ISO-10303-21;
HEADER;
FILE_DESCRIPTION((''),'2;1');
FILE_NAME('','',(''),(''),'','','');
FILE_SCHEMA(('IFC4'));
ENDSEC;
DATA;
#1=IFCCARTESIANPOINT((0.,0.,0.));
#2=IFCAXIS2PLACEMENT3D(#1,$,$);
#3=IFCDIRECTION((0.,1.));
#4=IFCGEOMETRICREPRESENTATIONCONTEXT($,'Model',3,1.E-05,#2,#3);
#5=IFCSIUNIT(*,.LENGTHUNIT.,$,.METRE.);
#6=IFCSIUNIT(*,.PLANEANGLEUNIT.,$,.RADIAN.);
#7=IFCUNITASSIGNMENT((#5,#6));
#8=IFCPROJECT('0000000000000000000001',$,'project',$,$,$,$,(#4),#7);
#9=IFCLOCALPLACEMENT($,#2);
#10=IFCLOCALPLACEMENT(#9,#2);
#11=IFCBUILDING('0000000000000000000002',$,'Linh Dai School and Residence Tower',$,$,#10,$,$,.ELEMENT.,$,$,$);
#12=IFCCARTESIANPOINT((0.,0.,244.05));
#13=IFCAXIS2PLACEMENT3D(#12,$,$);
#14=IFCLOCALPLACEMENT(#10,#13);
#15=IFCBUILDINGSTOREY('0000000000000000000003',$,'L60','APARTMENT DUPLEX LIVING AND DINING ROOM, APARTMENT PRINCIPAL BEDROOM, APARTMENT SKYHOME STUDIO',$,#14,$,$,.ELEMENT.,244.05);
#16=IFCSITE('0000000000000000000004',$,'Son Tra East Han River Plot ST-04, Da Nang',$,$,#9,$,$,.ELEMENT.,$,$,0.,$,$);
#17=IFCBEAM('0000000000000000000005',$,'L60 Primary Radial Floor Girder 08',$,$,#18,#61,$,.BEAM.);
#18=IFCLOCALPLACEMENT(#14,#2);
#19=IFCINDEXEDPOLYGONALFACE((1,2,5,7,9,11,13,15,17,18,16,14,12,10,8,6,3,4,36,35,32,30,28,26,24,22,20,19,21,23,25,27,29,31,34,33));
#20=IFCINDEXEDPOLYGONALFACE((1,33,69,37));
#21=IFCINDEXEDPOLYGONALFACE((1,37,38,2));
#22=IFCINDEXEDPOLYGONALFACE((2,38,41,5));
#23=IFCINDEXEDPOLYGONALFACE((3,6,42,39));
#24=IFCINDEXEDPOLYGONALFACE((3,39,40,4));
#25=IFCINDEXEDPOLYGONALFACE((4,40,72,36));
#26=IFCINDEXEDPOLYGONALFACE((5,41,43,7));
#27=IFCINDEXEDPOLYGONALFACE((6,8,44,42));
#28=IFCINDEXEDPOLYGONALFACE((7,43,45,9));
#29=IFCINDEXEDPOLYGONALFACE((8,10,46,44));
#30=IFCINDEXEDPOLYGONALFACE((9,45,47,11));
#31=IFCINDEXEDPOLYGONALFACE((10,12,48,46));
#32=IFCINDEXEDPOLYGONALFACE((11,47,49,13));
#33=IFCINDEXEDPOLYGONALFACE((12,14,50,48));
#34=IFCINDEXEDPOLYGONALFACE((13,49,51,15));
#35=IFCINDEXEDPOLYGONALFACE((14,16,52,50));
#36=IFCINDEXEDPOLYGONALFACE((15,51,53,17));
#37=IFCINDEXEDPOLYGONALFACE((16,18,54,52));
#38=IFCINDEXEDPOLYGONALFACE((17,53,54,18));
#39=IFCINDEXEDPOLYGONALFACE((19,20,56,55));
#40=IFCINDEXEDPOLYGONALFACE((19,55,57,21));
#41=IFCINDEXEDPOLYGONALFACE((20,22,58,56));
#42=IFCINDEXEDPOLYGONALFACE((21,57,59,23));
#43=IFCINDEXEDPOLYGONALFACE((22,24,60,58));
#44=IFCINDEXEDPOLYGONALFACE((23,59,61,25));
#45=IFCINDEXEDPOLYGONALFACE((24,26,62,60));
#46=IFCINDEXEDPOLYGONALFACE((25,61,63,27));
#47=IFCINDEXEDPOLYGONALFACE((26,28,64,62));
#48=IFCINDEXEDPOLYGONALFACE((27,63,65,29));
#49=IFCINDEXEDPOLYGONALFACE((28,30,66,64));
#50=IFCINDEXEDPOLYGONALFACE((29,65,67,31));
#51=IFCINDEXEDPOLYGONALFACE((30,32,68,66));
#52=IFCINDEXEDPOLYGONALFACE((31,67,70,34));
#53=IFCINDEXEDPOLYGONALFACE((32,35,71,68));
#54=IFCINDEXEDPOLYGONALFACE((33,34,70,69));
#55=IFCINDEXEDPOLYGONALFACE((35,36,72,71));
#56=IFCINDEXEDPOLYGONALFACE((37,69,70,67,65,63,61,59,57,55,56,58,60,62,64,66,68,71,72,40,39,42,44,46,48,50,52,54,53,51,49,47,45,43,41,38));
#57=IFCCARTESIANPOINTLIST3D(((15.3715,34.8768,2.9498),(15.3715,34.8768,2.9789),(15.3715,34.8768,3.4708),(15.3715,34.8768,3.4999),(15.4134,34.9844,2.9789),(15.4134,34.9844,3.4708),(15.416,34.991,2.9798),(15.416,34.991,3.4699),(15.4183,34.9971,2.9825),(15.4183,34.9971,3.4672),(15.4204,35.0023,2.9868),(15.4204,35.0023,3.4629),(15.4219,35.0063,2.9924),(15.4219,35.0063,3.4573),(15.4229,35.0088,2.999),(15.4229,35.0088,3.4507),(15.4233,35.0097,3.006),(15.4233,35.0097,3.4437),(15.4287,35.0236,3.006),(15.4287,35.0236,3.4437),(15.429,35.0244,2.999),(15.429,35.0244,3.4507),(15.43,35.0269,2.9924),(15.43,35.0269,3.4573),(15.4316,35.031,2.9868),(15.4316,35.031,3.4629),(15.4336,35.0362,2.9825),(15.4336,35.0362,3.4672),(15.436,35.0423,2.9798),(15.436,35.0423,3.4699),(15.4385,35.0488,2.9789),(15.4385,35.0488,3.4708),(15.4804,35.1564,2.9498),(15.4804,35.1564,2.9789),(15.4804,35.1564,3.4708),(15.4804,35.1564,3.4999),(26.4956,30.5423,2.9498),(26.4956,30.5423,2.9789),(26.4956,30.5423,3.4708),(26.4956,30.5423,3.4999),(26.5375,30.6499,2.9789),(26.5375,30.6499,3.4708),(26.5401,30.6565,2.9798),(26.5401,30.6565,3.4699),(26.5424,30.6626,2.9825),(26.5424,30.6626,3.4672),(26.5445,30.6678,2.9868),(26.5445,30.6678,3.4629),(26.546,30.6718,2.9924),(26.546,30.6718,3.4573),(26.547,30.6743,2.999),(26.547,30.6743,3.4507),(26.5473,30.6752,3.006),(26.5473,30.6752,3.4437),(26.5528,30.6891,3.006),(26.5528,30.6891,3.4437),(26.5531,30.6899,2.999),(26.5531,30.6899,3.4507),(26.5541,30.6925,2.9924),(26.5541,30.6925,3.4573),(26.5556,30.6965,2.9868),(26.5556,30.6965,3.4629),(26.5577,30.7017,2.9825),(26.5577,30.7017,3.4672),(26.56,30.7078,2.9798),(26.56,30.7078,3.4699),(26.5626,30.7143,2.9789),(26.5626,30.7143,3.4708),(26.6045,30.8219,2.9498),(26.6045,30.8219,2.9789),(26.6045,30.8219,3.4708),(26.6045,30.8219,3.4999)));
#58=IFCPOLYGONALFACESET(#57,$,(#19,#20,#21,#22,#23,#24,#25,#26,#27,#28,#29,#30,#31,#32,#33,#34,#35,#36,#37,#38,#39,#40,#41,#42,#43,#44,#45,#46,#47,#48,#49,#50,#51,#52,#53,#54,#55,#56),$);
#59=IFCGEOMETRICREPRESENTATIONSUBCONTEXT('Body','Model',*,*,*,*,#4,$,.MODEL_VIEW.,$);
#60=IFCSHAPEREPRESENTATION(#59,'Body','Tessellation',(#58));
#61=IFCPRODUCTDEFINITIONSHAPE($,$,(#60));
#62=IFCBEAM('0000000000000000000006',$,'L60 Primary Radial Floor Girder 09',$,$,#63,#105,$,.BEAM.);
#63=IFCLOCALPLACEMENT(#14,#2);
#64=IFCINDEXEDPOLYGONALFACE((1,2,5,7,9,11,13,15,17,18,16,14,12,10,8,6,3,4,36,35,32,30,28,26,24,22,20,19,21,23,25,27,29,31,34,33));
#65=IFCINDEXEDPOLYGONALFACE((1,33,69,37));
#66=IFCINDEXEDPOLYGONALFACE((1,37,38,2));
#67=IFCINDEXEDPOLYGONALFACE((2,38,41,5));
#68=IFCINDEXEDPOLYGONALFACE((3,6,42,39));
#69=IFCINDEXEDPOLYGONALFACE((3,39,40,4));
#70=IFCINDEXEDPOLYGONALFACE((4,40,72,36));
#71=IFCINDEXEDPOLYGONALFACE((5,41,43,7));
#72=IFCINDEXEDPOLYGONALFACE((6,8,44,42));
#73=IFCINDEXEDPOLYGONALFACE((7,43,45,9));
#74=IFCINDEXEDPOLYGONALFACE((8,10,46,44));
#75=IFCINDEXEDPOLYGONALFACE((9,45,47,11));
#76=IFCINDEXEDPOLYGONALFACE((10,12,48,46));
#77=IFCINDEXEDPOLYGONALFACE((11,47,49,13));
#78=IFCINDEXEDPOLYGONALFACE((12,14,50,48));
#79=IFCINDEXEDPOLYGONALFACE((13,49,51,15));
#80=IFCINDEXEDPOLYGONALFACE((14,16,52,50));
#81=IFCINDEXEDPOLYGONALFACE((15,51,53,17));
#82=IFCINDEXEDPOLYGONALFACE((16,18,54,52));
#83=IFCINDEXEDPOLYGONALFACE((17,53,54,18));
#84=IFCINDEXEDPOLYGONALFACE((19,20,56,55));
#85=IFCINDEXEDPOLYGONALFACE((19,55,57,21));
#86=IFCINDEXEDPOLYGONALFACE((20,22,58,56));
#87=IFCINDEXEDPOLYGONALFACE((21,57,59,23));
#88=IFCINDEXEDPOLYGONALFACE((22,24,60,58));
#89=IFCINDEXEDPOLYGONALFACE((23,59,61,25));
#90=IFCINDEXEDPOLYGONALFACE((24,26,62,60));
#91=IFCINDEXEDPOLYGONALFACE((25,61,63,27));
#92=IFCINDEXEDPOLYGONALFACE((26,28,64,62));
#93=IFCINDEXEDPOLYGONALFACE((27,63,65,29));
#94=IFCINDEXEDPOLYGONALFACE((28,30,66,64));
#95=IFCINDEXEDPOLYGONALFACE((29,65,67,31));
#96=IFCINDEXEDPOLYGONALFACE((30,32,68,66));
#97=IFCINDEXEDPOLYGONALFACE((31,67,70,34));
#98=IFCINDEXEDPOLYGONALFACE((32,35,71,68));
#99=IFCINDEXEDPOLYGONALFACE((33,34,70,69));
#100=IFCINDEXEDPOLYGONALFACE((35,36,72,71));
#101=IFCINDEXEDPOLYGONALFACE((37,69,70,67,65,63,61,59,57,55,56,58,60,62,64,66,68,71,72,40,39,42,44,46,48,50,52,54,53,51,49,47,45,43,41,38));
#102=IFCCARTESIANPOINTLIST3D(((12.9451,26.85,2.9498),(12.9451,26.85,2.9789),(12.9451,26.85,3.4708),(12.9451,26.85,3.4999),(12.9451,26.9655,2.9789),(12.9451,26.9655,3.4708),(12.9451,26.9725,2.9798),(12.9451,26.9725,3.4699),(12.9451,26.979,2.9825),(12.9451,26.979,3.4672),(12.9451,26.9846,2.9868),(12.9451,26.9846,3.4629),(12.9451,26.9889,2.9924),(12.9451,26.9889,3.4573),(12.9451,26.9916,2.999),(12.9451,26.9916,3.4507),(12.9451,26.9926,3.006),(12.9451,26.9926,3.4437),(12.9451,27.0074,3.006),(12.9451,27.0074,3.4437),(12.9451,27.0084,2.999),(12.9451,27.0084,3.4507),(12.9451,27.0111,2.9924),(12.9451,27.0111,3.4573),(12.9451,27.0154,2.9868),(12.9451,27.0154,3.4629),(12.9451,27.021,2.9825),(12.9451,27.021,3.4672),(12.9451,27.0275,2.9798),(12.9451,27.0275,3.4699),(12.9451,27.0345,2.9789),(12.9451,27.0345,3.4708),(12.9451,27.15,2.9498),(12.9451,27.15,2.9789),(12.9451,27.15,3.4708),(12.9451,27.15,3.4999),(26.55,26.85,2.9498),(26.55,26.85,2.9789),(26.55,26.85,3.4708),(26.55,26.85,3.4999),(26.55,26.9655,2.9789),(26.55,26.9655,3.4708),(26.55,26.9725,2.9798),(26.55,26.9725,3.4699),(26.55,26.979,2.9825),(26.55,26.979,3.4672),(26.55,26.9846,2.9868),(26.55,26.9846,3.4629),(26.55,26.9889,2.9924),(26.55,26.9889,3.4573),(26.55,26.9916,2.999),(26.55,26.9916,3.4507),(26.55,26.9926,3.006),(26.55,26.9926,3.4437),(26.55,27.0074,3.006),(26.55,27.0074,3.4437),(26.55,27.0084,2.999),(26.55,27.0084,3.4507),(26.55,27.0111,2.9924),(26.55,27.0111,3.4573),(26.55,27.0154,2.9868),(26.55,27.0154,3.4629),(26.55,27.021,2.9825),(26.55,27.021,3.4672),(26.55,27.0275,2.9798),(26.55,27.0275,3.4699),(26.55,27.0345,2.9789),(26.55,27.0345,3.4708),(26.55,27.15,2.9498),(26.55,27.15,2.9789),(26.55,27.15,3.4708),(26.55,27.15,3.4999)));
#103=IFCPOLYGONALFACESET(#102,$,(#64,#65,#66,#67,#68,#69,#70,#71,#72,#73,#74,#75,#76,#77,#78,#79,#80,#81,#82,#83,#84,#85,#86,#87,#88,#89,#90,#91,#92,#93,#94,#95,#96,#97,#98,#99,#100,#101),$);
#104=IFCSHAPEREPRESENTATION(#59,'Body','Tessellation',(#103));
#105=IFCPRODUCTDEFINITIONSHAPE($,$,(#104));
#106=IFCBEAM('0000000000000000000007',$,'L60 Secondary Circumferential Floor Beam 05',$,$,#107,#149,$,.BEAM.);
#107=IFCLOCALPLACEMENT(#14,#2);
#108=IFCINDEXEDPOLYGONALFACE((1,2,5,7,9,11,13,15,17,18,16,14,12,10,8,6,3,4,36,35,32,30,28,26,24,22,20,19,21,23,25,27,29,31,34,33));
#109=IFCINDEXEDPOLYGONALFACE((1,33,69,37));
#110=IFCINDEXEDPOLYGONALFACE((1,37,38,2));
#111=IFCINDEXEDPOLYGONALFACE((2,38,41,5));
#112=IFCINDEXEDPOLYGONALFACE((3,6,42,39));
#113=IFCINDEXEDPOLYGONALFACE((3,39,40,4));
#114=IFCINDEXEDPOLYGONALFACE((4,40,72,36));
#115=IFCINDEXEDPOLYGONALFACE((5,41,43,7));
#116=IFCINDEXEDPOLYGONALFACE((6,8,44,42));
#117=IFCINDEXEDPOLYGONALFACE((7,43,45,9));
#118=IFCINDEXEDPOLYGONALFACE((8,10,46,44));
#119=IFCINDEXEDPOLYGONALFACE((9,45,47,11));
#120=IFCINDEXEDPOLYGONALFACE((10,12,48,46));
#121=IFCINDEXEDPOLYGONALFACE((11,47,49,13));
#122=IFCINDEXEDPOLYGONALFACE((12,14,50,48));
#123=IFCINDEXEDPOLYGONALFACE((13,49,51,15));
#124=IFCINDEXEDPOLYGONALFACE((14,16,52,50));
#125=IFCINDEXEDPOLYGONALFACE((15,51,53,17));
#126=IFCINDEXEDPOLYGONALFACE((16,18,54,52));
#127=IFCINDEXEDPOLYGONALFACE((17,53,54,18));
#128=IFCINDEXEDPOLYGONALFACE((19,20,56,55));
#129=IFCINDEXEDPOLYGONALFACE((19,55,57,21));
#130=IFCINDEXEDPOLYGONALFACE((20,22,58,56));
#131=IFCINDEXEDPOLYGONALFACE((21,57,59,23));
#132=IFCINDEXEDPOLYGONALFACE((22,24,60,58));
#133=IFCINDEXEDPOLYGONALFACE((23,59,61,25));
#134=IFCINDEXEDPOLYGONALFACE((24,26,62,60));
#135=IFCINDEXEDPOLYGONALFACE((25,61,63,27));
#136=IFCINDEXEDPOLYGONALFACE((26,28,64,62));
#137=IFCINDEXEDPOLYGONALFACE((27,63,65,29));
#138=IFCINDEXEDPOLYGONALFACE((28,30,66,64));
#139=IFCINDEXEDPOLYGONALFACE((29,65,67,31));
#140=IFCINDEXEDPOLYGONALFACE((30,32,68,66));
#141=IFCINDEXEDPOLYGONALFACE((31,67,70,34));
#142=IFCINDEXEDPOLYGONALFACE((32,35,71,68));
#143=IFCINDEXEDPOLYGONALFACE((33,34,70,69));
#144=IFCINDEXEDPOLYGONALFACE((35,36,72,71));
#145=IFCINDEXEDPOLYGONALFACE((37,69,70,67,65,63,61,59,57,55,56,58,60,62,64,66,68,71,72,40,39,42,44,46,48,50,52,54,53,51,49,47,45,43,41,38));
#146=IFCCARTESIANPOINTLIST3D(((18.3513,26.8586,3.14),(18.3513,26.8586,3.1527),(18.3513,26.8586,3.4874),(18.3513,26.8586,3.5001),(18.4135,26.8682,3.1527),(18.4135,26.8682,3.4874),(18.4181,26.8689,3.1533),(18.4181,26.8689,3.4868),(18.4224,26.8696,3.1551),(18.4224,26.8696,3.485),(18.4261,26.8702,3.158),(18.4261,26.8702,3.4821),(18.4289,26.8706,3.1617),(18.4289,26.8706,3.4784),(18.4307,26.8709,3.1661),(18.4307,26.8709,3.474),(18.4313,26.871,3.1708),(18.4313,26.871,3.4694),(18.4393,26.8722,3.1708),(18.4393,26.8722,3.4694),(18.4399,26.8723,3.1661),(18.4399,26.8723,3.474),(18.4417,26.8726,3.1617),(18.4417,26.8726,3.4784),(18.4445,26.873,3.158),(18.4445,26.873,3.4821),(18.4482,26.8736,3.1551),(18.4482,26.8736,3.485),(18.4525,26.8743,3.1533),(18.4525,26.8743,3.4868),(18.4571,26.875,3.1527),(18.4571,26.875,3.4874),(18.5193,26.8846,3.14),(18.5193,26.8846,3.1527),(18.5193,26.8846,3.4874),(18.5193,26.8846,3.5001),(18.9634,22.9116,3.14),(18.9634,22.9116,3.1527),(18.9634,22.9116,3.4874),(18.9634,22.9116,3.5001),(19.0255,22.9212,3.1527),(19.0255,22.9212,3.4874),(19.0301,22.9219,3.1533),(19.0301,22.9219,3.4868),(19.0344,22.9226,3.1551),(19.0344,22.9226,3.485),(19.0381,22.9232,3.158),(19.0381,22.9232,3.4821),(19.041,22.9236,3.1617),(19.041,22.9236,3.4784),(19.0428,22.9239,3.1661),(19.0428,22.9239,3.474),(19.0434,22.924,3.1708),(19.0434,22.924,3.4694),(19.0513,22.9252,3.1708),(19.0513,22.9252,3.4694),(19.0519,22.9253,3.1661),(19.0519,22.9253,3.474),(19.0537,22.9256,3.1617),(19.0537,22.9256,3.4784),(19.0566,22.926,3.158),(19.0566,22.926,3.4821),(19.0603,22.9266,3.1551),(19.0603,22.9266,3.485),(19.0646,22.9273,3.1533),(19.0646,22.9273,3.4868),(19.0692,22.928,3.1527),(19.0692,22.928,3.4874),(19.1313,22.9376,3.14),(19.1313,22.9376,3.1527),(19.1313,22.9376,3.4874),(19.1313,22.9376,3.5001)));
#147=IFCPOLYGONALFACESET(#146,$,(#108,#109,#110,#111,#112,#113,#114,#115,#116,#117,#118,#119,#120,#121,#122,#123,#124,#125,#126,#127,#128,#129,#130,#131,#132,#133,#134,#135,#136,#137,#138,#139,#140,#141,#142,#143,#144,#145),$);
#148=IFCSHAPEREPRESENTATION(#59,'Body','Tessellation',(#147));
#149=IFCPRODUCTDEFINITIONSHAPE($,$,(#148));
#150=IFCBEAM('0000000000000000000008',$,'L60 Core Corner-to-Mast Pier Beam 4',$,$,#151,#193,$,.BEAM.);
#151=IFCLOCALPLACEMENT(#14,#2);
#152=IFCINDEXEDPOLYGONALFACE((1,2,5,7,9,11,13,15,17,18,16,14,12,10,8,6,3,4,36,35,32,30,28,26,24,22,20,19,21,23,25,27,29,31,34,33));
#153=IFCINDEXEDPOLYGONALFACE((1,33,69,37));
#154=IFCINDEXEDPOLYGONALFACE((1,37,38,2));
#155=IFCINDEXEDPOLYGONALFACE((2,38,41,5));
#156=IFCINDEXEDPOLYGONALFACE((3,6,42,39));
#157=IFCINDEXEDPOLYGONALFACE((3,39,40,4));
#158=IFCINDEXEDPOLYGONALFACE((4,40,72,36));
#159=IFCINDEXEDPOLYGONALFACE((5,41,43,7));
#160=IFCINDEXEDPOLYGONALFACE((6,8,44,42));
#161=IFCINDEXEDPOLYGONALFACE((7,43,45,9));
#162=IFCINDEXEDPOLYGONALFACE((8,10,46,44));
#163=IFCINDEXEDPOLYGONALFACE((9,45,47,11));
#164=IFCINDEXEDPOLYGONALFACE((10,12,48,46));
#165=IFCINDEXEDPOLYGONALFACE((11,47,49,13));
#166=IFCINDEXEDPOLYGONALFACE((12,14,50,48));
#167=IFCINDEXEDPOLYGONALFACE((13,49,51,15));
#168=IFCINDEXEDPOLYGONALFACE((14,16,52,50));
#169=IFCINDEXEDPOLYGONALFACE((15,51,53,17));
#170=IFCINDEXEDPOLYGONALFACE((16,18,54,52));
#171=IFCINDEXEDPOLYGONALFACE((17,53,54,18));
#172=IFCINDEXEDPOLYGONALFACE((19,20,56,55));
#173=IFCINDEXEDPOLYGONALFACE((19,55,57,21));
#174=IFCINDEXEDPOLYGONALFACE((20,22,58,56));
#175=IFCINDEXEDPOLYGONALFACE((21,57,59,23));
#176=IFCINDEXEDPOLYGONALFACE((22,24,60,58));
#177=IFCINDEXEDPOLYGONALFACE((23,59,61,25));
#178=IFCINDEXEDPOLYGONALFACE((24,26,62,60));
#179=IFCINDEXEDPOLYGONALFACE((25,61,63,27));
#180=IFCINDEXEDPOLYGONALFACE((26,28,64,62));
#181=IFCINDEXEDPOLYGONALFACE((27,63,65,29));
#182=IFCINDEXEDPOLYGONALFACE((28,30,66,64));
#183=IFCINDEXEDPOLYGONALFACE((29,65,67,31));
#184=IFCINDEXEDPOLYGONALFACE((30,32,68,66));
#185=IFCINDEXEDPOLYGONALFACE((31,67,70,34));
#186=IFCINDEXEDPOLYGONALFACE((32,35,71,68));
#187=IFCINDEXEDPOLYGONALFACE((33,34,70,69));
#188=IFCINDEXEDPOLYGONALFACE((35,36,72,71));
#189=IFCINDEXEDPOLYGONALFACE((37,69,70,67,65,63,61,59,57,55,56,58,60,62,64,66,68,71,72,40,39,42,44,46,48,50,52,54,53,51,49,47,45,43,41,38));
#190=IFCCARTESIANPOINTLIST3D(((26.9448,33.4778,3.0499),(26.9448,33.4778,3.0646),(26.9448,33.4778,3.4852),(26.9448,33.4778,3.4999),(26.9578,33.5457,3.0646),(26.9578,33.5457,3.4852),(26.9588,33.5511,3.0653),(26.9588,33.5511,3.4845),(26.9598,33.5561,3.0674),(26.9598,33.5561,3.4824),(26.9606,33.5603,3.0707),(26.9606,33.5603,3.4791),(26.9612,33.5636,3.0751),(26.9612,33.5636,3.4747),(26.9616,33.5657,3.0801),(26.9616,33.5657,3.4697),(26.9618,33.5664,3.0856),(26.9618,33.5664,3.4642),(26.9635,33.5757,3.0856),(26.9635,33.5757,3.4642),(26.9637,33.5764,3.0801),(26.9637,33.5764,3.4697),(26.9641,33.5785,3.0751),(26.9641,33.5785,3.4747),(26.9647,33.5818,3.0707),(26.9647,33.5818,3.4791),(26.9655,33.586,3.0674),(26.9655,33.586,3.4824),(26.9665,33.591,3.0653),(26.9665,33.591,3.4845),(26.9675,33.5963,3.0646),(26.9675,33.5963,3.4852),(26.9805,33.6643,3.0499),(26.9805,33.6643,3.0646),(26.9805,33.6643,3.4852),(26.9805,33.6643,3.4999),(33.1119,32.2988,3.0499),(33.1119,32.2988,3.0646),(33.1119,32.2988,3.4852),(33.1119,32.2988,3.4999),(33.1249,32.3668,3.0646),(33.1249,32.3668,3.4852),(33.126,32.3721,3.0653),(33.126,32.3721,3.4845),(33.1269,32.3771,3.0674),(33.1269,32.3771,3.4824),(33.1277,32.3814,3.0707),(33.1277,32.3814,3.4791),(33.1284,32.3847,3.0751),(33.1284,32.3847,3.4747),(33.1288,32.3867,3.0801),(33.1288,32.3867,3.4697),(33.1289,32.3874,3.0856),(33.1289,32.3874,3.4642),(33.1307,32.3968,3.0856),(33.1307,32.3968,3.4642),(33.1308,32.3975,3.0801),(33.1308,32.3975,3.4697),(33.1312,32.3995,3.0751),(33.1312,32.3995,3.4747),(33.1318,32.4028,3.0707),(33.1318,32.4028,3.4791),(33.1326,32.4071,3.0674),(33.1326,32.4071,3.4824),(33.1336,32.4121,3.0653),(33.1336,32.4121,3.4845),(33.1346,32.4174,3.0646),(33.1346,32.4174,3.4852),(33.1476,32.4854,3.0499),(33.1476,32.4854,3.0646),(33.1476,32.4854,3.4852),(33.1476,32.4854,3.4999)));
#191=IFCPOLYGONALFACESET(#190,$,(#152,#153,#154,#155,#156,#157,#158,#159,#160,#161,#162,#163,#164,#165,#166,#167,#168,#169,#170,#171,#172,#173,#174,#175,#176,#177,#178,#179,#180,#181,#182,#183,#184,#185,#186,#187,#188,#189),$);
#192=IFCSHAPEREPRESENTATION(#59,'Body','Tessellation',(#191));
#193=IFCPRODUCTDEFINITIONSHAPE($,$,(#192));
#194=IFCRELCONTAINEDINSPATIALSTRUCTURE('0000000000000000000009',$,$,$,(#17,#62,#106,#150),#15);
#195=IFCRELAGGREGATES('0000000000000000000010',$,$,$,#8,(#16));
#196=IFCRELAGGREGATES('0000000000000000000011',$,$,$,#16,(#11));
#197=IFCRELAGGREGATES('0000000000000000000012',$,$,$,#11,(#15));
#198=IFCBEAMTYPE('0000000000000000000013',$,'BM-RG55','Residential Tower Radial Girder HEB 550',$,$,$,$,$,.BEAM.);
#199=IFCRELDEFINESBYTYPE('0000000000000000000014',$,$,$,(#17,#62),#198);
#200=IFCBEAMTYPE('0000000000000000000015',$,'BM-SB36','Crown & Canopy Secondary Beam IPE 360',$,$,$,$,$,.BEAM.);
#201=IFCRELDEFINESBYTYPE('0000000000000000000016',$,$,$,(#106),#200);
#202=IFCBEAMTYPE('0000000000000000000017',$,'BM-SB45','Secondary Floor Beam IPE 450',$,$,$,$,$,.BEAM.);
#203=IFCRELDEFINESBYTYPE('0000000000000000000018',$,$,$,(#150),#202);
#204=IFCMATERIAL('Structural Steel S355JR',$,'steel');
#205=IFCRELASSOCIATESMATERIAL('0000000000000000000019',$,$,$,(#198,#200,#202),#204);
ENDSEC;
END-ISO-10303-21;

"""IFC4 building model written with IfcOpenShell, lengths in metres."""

from ifc_helpers import new_model, si_unit, direction, frame, origin, origin_2d, place, context, subcontext, project, spatial, i_section, extrude, material, material_profile, profile_set, type_object, element, save


model = new_model("IFC4")

# Units and contexts
model_context = context("Model", 3, precision=1e-05, world=origin(), true_north=direction((0.0, 1.0)))
body_context = subcontext(model_context, "Body", "Model", "MODEL_VIEW")
ifc_project = project(units=[si_unit("LENGTHUNIT", "METRE"), si_unit("PLANEANGLEUNIT", "RADIAN")], contexts=[model_context])

# Site, building, storey
site_placement = place(None, origin())
site = spatial("IfcSite", under=ifc_project, at=site_placement, Name="Son Tra East Han River Plot ST-04, Da Nang", CompositionType="ELEMENT", RefElevation=0.0)
building_placement = place(site_placement, origin())
building = spatial("IfcBuilding", under=site, at=building_placement, Name="Linh Dai School and Residence Tower", CompositionType="ELEMENT")
storey_placement = place(building_placement, frame((0.0, 0.0, 244.05)))
storey = spatial("IfcBuildingStorey", under=building, at=storey_placement, Name="L60", Description="APARTMENT DUPLEX LIVING AND DINING ROOM, APARTMENT PRINCIPAL BEDROOM, APARTMENT SKYHOME STUDIO", CompositionType="ELEMENT", Elevation=244.05)

# Shared definitions
ifc_material_1 = material(Name="Structural Steel S355JR", Category="steel")

# Beams
ifc_material_profile_1 = material_profile(ifc_material_1, i_section(OverallWidth=0.3, OverallDepth=0.55, WebThickness=0.0149, FlangeThickness=0.0291, FilletRadius=0.0271, at=origin_2d()), Name="HEB 550")
ifc_profile_set_1 = profile_set([ifc_material_profile_1], Name="Structural Steel S355JR")
beam_type_1 = type_object("IfcBeamType", Name="BM-RG55", Description="Residential Tower Radial Girder HEB 550", PredefinedType="BEAM", material=ifc_profile_set_1)
beam_1_placement = place(storey_placement, frame((26.55, 30.6821, 3.2249), z_axis=(-0.931765, 0.363062, 0.0), x_axis=(-0.363062, -0.931765, 0.0)))
element("IfcBeam", 1, at=beam_1_placement, inside=storey, type_object=beam_type_1, Name="L60 Primary Radial Floor Girder 08", PredefinedType="BEAM", context=body_context, shape_type="SweptSolid", body=[
    extrude(i_section(OverallWidth=0.3, OverallDepth=0.55, WebThickness=0.0149, FlangeThickness=0.0291, FilletRadius=0.0271, at=origin_2d()), origin(), (0.0, 0.0, 1.0), 11.9387),
])
beam_2_placement = place(storey_placement, frame((26.55, 27.0, 3.2249), z_axis=(-1.0, 0.0, 0.0), x_axis=(0.0, -1.0, 0.0)))
element("IfcBeam", 2, at=beam_2_placement, inside=storey, type_object=beam_type_1, Name="L60 Primary Radial Floor Girder 09", PredefinedType="BEAM", context=body_context, shape_type="SweptSolid", body=[
    extrude(i_section(OverallWidth=0.3, OverallDepth=0.55, WebThickness=0.0149, FlangeThickness=0.0291, FilletRadius=0.0271, at=origin_2d()), origin(), (0.0, 0.0, 1.0), 13.605),
])
ifc_material_profile_2 = material_profile(ifc_material_1, i_section(OverallWidth=0.1699, OverallDepth=0.3601, WebThickness=0.0081, FlangeThickness=0.0127, FilletRadius=0.0181, at=origin_2d()), Name="IPE 360")
ifc_profile_set_2 = profile_set([ifc_material_profile_2], Name="Structural Steel S355JR")
beam_type_2 = type_object("IfcBeamType", Name="BM-SB36", Description="Crown & Canopy Secondary Beam IPE 360", PredefinedType="BEAM", material=ifc_profile_set_2)
beam_3_placement = place(storey_placement, frame((18.4353, 26.8716, 3.3201), z_axis=(0.153238, -0.988189, 0.0), x_axis=(0.988189, 0.153238, 0.0)))
element("IfcBeam", 3, at=beam_3_placement, inside=storey, type_object=beam_type_2, Name="L60 Secondary Circumferential Floor Beam 05", PredefinedType="BEAM", context=body_context, shape_type="SweptSolid", body=[
    extrude(i_section(OverallWidth=0.1699, OverallDepth=0.3601, WebThickness=0.0081, FlangeThickness=0.0127, FilletRadius=0.0181, at=origin_2d()), origin(), (0.0, 0.0, 1.0), 3.9941),
])
ifc_material_profile_3 = material_profile(ifc_material_1, i_section(OverallWidth=0.1899, OverallDepth=0.45, WebThickness=0.0095, FlangeThickness=0.0146, FilletRadius=0.021, at=origin_2d()), Name="IPE 450")
ifc_profile_set_3 = profile_set([ifc_material_profile_3], Name="Structural Steel S355JR")
beam_type_3 = type_object("IfcBeamType", Name="BM-SB45", Description="Secondary Floor Beam IPE 450", PredefinedType="BEAM", material=ifc_profile_set_3)
beam_4_placement = place(storey_placement, frame((26.9626, 33.571, 3.2749), z_axis=(0.982214, -0.187764, 0.0), x_axis=(0.187764, 0.982214, 0.0)))
element("IfcBeam", 4, at=beam_4_placement, inside=storey, type_object=beam_type_3, Name="L60 Core Corner-to-Mast Pier Beam 4", PredefinedType="BEAM", context=body_context, shape_type="SweptSolid", body=[
    extrude(i_section(OverallWidth=0.1899, OverallDepth=0.45, WebThickness=0.0095, FlangeThickness=0.0146, FilletRadius=0.021, at=origin_2d()), origin(), (0.0, 0.0, 1.0), 6.2788),
])

save(model, "model.ifc")
